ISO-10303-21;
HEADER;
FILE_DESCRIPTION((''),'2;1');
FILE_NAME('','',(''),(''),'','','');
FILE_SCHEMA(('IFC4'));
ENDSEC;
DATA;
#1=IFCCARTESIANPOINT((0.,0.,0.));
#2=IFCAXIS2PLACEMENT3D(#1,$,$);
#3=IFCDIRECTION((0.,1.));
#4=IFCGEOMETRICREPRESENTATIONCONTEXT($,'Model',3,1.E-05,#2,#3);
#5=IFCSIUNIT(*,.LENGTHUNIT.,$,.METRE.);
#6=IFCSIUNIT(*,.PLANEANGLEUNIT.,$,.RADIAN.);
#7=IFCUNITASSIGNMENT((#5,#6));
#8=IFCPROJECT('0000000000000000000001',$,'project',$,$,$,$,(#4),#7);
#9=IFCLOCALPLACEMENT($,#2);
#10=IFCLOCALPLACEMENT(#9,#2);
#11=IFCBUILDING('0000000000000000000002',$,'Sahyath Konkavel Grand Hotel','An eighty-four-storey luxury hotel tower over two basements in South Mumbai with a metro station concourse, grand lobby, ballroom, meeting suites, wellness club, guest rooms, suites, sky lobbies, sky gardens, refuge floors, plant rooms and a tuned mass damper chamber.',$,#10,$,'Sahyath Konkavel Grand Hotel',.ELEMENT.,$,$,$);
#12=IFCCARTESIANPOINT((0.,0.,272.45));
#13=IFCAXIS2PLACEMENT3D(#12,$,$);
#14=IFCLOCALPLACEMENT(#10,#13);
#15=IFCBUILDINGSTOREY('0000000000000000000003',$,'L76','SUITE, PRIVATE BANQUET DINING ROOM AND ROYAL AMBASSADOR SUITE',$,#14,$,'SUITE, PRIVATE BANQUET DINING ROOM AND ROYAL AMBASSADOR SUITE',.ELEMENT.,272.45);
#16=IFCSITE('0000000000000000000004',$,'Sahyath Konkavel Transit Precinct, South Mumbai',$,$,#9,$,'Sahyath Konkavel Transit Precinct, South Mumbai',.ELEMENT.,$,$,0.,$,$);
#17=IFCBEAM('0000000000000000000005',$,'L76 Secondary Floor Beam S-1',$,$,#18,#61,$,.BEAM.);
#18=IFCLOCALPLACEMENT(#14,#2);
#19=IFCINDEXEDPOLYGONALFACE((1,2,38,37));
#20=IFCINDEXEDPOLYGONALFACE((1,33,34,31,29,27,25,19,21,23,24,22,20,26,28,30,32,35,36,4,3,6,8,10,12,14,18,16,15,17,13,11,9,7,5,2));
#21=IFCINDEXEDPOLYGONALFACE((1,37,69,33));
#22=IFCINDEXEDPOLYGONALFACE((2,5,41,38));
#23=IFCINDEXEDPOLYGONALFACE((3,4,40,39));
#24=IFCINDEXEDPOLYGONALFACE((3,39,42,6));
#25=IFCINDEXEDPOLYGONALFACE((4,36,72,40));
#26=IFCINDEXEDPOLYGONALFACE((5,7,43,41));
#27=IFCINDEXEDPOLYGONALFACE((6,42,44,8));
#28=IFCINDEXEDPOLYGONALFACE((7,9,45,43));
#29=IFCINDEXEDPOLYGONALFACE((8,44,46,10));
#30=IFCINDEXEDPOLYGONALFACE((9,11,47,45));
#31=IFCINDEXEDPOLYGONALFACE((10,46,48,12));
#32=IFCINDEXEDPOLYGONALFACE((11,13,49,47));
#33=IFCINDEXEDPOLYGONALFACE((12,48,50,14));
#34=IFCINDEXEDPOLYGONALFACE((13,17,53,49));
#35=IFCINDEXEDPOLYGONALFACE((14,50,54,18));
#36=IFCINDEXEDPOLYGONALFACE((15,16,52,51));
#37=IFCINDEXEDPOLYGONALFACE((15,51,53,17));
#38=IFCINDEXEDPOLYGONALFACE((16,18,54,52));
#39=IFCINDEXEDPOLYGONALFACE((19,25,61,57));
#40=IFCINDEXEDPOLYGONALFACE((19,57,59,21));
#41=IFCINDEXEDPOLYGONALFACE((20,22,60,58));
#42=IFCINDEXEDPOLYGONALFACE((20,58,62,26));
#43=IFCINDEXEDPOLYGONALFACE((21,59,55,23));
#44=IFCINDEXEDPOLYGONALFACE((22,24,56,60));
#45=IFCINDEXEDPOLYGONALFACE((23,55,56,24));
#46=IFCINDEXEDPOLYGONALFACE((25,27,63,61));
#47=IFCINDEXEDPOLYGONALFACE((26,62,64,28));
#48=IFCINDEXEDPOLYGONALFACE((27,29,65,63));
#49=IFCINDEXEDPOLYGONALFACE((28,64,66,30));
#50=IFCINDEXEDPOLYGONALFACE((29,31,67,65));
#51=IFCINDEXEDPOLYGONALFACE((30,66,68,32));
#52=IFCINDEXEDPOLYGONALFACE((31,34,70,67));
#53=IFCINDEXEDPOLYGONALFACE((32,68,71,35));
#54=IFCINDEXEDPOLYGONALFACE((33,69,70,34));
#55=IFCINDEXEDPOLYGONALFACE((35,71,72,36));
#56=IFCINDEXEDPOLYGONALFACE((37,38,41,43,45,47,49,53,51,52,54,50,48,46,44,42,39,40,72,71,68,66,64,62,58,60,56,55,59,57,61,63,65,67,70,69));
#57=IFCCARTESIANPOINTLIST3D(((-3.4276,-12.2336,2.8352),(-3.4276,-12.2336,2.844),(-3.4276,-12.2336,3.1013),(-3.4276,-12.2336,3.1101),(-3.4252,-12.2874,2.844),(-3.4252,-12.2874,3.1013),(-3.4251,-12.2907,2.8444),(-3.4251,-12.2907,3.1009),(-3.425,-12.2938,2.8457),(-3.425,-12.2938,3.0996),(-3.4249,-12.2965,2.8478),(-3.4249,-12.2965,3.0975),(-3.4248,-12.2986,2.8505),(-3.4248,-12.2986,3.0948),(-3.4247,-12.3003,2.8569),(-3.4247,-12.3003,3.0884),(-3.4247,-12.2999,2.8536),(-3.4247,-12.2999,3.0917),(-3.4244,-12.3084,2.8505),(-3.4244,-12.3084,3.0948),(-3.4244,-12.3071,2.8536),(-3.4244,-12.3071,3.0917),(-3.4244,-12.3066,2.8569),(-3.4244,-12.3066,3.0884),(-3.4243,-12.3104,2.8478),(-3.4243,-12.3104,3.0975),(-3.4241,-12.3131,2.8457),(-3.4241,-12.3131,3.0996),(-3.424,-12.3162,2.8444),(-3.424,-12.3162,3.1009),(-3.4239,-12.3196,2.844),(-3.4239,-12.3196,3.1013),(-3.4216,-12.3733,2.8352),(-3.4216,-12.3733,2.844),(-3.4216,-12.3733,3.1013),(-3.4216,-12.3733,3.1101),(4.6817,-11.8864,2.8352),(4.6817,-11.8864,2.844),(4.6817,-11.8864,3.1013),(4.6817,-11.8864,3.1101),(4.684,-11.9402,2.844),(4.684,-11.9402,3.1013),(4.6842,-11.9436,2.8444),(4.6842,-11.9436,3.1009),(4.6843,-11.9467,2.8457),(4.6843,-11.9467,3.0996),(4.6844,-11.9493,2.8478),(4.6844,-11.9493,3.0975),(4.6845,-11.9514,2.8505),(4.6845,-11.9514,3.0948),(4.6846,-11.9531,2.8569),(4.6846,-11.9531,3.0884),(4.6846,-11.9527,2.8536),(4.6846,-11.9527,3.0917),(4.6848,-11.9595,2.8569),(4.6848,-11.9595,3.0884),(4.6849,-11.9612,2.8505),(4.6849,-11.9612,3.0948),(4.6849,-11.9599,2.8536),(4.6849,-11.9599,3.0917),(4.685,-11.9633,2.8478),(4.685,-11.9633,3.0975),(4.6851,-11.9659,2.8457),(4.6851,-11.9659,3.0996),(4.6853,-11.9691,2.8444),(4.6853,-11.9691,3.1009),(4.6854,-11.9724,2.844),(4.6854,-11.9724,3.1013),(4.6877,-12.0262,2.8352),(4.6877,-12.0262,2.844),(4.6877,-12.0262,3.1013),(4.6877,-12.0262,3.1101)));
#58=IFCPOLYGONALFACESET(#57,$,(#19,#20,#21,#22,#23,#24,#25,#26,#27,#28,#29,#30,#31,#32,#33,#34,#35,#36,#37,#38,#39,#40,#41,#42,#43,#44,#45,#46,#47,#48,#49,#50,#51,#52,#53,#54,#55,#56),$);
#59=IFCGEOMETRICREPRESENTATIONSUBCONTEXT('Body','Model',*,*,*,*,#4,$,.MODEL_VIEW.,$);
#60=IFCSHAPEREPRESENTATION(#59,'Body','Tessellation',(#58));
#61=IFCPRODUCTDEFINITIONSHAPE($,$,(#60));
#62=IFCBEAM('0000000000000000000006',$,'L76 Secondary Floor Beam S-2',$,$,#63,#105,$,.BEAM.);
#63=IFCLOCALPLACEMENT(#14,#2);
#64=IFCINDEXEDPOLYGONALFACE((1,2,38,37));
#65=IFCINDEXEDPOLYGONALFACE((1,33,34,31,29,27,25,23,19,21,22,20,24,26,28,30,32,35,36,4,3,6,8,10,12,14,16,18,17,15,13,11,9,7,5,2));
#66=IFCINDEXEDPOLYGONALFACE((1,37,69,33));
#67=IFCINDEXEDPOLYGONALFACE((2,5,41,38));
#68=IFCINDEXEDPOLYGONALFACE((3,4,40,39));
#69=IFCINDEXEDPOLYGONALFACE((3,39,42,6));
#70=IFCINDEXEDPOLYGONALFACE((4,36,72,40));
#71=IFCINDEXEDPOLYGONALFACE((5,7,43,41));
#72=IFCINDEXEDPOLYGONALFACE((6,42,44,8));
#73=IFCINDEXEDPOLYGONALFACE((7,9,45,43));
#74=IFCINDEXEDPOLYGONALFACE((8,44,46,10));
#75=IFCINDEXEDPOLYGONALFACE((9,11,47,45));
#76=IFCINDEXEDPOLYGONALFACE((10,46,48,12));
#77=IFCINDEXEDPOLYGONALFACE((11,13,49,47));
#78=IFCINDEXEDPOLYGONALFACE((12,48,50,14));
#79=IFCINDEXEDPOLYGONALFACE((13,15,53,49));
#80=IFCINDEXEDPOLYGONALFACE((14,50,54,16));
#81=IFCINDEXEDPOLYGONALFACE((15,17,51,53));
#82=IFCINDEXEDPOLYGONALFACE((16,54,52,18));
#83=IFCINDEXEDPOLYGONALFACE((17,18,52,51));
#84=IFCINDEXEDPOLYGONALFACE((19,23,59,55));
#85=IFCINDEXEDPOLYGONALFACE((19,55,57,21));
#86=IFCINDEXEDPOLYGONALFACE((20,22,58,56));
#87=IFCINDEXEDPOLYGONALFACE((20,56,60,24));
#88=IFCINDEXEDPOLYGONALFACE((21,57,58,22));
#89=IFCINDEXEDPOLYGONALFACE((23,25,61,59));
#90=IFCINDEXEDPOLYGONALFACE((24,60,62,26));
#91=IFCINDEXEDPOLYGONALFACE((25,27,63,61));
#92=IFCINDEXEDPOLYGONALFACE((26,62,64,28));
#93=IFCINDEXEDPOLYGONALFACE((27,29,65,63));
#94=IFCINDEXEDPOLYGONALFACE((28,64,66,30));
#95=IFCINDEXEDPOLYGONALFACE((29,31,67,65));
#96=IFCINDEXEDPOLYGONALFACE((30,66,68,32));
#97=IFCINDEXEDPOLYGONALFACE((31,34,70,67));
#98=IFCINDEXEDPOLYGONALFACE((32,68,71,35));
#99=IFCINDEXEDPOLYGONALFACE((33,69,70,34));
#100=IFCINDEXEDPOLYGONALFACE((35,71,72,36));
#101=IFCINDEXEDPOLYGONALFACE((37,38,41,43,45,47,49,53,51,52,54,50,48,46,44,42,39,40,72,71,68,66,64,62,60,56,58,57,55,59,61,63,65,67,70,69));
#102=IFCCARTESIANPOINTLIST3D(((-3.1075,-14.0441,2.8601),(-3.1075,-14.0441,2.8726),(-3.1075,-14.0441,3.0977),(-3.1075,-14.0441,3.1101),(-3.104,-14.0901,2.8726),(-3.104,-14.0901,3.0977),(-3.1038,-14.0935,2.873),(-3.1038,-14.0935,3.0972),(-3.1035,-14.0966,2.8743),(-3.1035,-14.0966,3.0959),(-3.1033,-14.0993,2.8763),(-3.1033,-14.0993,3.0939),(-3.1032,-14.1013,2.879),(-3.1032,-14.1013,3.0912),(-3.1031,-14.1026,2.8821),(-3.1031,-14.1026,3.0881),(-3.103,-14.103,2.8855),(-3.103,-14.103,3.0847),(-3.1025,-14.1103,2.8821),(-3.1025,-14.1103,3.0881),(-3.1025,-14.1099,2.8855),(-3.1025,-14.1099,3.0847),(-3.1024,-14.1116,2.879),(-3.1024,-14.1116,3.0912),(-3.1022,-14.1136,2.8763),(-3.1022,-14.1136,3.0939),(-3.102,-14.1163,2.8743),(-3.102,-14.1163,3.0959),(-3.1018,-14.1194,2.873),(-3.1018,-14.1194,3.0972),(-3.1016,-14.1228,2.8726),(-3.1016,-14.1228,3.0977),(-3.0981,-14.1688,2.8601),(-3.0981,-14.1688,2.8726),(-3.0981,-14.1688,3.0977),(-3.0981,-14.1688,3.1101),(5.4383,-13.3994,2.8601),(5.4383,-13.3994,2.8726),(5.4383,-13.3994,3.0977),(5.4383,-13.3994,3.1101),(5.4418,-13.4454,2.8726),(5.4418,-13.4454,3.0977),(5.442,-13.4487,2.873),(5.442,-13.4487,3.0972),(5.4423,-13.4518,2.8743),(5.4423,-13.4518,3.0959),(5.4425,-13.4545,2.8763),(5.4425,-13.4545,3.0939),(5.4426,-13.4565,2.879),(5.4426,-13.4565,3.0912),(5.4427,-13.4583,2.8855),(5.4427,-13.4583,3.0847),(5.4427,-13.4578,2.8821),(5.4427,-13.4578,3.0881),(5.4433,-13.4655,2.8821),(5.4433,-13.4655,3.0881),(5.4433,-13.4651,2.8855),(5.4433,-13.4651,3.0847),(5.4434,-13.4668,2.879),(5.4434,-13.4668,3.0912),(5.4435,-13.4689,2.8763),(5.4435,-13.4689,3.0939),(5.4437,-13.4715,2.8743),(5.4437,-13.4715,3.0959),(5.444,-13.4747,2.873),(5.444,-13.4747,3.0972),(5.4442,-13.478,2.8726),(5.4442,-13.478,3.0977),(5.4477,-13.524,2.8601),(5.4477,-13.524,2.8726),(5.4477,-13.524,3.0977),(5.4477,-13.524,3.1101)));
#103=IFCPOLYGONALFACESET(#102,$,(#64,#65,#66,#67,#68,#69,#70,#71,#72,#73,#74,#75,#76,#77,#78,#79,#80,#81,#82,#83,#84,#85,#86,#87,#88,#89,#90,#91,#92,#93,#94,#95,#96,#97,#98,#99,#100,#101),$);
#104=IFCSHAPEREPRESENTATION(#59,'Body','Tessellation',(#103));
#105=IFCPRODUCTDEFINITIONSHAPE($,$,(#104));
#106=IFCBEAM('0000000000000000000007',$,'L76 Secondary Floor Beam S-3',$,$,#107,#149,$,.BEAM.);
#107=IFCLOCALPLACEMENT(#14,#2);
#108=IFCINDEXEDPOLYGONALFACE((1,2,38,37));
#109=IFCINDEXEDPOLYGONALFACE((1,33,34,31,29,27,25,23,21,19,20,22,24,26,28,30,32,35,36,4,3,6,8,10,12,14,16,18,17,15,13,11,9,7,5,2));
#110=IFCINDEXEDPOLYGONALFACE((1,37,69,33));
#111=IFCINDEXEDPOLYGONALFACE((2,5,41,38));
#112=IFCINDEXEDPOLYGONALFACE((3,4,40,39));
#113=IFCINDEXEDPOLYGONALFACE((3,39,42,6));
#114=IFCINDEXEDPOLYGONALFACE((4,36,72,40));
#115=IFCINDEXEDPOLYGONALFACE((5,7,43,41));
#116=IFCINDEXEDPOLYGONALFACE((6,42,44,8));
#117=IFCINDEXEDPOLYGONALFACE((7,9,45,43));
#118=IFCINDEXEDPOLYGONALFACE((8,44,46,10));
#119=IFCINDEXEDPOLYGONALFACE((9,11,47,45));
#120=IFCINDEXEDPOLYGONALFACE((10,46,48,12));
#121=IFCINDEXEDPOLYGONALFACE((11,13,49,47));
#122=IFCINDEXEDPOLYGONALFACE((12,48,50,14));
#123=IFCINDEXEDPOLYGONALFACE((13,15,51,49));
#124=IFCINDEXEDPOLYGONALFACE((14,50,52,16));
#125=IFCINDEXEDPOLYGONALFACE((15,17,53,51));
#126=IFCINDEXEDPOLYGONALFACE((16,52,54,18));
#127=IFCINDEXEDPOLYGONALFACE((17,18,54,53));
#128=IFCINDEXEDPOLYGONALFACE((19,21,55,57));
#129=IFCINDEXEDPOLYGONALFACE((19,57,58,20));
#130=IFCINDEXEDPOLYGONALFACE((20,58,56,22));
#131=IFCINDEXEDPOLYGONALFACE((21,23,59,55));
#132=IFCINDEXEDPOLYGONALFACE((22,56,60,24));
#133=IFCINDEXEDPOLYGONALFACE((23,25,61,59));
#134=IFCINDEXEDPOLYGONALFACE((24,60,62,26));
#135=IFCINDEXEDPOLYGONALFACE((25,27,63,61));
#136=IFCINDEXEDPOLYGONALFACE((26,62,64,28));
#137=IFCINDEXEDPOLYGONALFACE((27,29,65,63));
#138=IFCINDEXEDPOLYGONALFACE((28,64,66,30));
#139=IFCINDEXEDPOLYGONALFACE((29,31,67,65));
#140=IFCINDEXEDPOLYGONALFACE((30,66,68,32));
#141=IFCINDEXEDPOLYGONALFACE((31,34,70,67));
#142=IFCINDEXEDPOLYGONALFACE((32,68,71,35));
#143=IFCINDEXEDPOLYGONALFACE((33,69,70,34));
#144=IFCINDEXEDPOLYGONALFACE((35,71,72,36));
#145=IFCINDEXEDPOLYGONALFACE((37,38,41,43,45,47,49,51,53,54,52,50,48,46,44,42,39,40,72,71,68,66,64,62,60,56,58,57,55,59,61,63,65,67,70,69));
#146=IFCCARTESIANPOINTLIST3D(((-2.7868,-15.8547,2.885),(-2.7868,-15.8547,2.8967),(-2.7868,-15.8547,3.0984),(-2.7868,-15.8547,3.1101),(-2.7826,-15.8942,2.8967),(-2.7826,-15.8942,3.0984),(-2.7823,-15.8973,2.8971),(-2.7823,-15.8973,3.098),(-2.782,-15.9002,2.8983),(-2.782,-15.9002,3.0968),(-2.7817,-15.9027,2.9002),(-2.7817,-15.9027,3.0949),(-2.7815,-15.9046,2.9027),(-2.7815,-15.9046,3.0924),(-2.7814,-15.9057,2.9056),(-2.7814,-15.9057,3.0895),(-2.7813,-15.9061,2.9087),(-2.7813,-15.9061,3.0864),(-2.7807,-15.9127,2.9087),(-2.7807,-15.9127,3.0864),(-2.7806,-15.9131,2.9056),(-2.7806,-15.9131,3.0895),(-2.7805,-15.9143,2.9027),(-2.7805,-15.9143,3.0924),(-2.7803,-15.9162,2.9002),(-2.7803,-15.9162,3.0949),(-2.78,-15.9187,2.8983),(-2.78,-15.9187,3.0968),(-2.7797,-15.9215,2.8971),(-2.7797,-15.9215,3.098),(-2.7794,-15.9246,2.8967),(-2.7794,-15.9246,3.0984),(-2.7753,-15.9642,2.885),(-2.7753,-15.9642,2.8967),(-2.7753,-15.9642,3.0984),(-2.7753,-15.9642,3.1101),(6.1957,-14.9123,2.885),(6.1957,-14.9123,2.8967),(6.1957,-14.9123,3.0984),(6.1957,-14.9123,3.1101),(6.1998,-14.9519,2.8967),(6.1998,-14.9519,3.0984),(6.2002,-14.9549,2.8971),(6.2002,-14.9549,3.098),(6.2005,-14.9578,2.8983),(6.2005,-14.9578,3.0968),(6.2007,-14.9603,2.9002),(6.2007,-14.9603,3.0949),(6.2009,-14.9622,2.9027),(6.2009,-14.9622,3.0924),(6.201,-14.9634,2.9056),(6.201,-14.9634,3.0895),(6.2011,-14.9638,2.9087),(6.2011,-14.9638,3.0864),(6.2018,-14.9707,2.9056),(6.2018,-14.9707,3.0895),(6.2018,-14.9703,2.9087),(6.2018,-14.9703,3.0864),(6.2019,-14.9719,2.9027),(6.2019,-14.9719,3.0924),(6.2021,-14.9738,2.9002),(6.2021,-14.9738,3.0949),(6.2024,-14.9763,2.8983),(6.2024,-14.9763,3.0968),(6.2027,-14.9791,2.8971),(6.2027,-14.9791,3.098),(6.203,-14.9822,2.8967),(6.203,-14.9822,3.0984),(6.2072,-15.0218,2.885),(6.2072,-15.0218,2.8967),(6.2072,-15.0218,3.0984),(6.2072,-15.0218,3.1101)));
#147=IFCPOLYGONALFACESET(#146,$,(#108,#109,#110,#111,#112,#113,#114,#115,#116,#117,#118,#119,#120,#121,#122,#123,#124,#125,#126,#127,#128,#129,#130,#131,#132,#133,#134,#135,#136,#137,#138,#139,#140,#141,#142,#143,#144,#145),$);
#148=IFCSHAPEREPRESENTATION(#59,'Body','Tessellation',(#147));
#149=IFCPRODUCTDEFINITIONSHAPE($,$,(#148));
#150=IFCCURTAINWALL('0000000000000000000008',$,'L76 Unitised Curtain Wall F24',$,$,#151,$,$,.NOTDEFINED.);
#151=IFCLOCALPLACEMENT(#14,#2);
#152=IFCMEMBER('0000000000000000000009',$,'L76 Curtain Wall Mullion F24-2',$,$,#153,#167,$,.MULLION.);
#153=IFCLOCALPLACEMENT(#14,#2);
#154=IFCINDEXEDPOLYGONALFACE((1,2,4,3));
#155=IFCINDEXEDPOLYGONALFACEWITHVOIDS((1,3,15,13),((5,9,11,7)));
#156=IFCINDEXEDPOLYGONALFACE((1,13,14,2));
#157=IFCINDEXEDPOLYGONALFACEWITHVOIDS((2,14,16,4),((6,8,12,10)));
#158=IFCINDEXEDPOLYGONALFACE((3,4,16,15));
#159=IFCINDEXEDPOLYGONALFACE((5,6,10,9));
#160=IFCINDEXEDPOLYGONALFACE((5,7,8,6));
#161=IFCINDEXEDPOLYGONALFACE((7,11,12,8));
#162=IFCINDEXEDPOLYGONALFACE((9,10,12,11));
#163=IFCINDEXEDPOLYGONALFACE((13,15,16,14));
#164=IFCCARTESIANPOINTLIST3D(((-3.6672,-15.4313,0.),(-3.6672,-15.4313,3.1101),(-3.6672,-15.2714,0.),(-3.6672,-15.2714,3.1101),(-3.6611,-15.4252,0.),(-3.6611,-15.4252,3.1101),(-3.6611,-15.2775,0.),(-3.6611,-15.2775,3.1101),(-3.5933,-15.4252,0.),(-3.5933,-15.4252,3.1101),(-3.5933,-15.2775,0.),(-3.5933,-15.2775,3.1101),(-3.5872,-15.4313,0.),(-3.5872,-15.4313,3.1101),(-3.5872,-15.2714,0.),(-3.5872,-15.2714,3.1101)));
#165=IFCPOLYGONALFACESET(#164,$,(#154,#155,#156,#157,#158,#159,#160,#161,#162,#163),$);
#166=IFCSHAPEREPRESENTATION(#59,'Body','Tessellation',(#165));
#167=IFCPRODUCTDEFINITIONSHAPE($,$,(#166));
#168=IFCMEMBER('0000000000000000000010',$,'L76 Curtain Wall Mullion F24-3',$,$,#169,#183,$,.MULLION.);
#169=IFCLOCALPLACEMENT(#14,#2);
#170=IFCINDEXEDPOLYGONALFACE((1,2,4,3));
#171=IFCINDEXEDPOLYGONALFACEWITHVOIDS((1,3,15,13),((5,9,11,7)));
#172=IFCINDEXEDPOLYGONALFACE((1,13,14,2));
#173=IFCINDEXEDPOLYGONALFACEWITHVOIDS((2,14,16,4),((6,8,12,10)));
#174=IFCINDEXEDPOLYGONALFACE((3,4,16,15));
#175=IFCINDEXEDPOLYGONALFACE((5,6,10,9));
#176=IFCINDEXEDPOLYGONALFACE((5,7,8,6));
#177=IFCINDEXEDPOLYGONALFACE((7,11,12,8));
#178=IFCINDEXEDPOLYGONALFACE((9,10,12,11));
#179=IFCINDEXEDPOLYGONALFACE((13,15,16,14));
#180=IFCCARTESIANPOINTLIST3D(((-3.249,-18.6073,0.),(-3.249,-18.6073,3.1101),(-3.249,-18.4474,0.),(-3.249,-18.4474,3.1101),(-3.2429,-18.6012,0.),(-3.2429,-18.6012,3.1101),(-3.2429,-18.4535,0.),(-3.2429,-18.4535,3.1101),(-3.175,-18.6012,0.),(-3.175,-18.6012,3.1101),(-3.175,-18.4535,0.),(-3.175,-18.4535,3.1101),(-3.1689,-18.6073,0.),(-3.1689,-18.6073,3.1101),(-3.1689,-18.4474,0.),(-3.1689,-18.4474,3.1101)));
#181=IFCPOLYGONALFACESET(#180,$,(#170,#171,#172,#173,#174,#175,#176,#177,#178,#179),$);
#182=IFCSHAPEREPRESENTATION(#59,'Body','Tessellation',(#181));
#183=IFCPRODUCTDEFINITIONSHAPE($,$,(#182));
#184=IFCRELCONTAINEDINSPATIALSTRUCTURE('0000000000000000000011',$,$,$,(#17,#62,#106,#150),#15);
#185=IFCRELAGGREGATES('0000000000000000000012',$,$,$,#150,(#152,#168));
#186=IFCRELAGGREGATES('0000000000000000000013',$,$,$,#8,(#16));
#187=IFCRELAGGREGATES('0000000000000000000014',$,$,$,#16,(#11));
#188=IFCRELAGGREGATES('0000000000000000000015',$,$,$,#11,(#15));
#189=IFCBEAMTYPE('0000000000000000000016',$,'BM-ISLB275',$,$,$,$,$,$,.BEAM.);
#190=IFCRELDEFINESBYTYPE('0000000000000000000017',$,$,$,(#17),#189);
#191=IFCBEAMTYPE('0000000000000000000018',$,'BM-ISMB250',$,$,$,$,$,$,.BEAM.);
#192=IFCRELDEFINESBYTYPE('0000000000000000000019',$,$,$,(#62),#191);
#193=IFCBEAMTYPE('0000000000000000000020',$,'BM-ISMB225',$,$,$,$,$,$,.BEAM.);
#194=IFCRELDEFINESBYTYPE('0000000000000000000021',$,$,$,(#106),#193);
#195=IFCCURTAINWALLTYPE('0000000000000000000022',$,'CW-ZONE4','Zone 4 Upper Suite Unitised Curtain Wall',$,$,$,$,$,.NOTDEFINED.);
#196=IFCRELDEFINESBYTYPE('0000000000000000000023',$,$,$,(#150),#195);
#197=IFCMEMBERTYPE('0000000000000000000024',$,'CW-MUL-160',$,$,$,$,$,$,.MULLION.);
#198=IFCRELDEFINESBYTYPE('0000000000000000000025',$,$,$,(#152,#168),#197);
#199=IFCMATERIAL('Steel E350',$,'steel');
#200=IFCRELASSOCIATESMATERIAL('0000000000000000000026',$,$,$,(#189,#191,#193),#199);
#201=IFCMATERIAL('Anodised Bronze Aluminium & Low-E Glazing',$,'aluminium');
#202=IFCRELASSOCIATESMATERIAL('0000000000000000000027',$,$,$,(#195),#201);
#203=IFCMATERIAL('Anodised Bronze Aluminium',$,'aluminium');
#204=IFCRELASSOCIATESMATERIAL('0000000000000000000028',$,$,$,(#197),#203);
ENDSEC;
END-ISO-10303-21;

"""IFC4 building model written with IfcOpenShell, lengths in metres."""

from ifc_helpers import new_model, si_unit, direction, frame, origin, origin_2d, place, context, subcontext, project, spatial, hollow_rectangle, i_section, extrude, source, transform, mapped, material, material_profile, profile_set, type_object, element, aggregate, save


model = new_model("IFC4")

# Units and contexts
model_context = context("Model", 3, precision=1e-05, world=origin(), true_north=direction((0.0, 1.0)))
body_context = subcontext(model_context, "Body", "Model", "MODEL_VIEW")
ifc_project = project(units=[si_unit("LENGTHUNIT", "METRE"), si_unit("PLANEANGLEUNIT", "RADIAN")], contexts=[model_context])

# Site, building, storey
site_placement = place(None, origin())
site = spatial("IfcSite", under=ifc_project, at=site_placement, Name="Sahyath Konkavel Transit Precinct, South Mumbai", LongName="Sahyath Konkavel Transit Precinct, South Mumbai", CompositionType="ELEMENT", RefElevation=0.0)
building_placement = place(site_placement, origin())
building = spatial("IfcBuilding", under=site, at=building_placement, Name="Sahyath Konkavel Grand Hotel", Description="An eighty-four-storey luxury hotel tower over two basements in South Mumbai with a metro station concourse, grand lobby, ballroom, meeting suites, wellness club, guest rooms, suites, sky lobbies, sky gardens, refuge floors, plant rooms and a tuned mass damper chamber.", LongName="Sahyath Konkavel Grand Hotel", CompositionType="ELEMENT")
storey_placement = place(building_placement, frame((0.0, 0.0, 272.45)))
storey = spatial("IfcBuildingStorey", under=building, at=storey_placement, Name="L76", Description="SUITE, PRIVATE BANQUET DINING ROOM AND ROYAL AMBASSADOR SUITE", LongName="SUITE, PRIVATE BANQUET DINING ROOM AND ROYAL AMBASSADOR SUITE", CompositionType="ELEMENT", Elevation=272.45)

# Beams
ifc_material_1 = material(Name="Steel E350", Category="steel")
ifc_material_profile_1 = material_profile(ifc_material_1, i_section(OverallWidth=0.1399, OverallDepth=0.2749, WebThickness=0.0063, FlangeThickness=0.0088, FilletRadius=0.0129, at=origin_2d()), Name="ISLB 275")
ifc_profile_set_1 = profile_set([ifc_material_profile_1], Name="Steel E350")
beam_type_1 = type_object("IfcBeamType", Name="BM-ISLB275", PredefinedType="BEAM", material=ifc_profile_set_1)
shared_shape_1 = source(origin(), body_context, "Body", "SweptSolid", [
    extrude(i_section(OverallWidth=0.1399, OverallDepth=0.2749, WebThickness=0.0063, FlangeThickness=0.0088, FilletRadius=0.0129, at=origin_2d()), origin(), (0.0, 0.0, 1.0), 8.1167),
])
beam_1_placement = place(storey_placement, frame((-3.4246, -12.3035, 2.9727), z_axis=(0.999085, 0.042772, 0.0), x_axis=(-0.042772, 0.999085, 0.0)))
element("IfcBeam", 1, at=beam_1_placement, inside=storey, type_object=beam_type_1, Name="L76 Secondary Floor Beam S-1", PredefinedType="BEAM", context=body_context, shape_type="MappedRepresentation", body=[
    mapped(shared_shape_1, transform((0.0, 0.0, 0.0), scale=1.0)),
])
ifc_material_profile_2 = material_profile(ifc_material_1, i_section(OverallWidth=0.125, OverallDepth=0.25, WebThickness=0.0068, FlangeThickness=0.0125, FilletRadius=0.0129, at=origin_2d()), Name="ISMB 250")
ifc_profile_set_2 = profile_set([ifc_material_profile_2], Name="Steel E350")
beam_type_2 = type_object("IfcBeamType", Name="BM-ISMB250", PredefinedType="BEAM", material=ifc_profile_set_2)
shared_shape_2 = source(origin(), body_context, "Body", "SweptSolid", [
    extrude(i_section(OverallWidth=0.125, OverallDepth=0.25, WebThickness=0.0068, FlangeThickness=0.0125, FilletRadius=0.0129, at=origin_2d()), origin(), (0.0, 0.0, 1.0), 8.5701),
])
beam_2_placement = place(storey_placement, frame((-3.1028, -14.1064, 2.9851), z_axis=(0.997166, 0.075235, 0.0), x_axis=(-0.075235, 0.997166, 0.0)))
element("IfcBeam", 2, at=beam_2_placement, inside=storey, type_object=beam_type_2, Name="L76 Secondary Floor Beam S-2", PredefinedType="BEAM", context=body_context, shape_type="MappedRepresentation", body=[
    mapped(shared_shape_2, transform((0.0, 0.0, 0.0), scale=1.0)),
])
ifc_material_profile_3 = material_profile(ifc_material_1, i_section(OverallWidth=0.1101, OverallDepth=0.2251, WebThickness=0.0066, FlangeThickness=0.0117, FilletRadius=0.012, at=origin_2d()), Name="ISMB 225")
ifc_profile_set_3 = profile_set([ifc_material_profile_3], Name="Steel E350")
beam_type_3 = type_object("IfcBeamType", Name="BM-ISMB225", PredefinedType="BEAM", material=ifc_profile_set_3)
shared_shape_3 = source(origin(), body_context, "Body", "SweptSolid", [
    extrude(i_section(OverallWidth=0.1101, OverallDepth=0.2251, WebThickness=0.0066, FlangeThickness=0.0117, FilletRadius=0.012, at=origin_2d()), origin(), (0.0, 0.0, 1.0), 9.0317),
])
beam_3_placement = place(storey_placement, frame((-2.781, -15.9094, 2.9976), z_axis=(0.994542, 0.104341, 0.0), x_axis=(-0.104341, 0.994542, 0.0)))
element("IfcBeam", 3, at=beam_3_placement, inside=storey, type_object=beam_type_3, Name="L76 Secondary Floor Beam S-3", PredefinedType="BEAM", context=body_context, shape_type="MappedRepresentation", body=[
    mapped(shared_shape_3, transform((0.0, 0.0, 0.0), scale=1.0)),
])

# Curtain wall, members
ifc_material_2 = material(Name="Anodised Bronze Aluminium & Low-E Glazing", Category="aluminium")
curtain_wall_type = type_object("IfcCurtainWallType", Name="CW-ZONE4", Description="Zone 4 Upper Suite Unitised Curtain Wall", PredefinedType="NOTDEFINED", material=ifc_material_2)
curtain_wall_1_placement = place(storey_placement, origin())
curtain_wall_1 = element("IfcCurtainWall", 4, at=curtain_wall_1_placement, inside=storey, type_object=curtain_wall_type, Name="L76 Unitised Curtain Wall F24", PredefinedType="NOTDEFINED")
ifc_material_3 = material(Name="Anodised Bronze Aluminium", Category="aluminium")
ifc_material_profile_4 = material_profile(ifc_material_3, hollow_rectangle(XDim=0.0801, YDim=0.1599, WallThickness=0.0061, at=origin_2d()), Name="RHS 160x80x6")
ifc_profile_set_4 = profile_set([ifc_material_profile_4], Name="Anodised Bronze Aluminium")
member_type_1 = type_object("IfcMemberType", Name="CW-MUL-160", PredefinedType="MULLION", material=ifc_profile_set_4)
shared_shape_4 = source(origin(), body_context, "Body", "SweptSolid", [
    extrude(hollow_rectangle(XDim=0.0801, YDim=0.1599, WallThickness=0.0061, at=origin_2d()), origin(), (0.0, 0.0, 1.0), 3.1101),
])
member_1_placement = place(storey_placement, frame((-3.6272, -15.3513, 0.0), z_axis=(0.0, 0.0, 1.0), x_axis=(1.0, 0.0, 0.0)))
member_1 = element("IfcMember", 5, at=member_1_placement, type_object=member_type_1, Name="L76 Curtain Wall Mullion F24-2", PredefinedType="MULLION", context=body_context, shape_type="MappedRepresentation", body=[
    mapped(shared_shape_4, transform((0.0, 0.0, 0.0), scale=1.0)),
])
member_2_placement = place(storey_placement, frame((-3.209, -18.5273, 0.0), z_axis=(0.0, 0.0, 1.0), x_axis=(1.0, 0.0, 0.0)))
member_2 = element("IfcMember", 6, at=member_2_placement, type_object=member_type_1, Name="L76 Curtain Wall Mullion F24-3", PredefinedType="MULLION", context=body_context, shape_type="MappedRepresentation", body=[
    mapped(shared_shape_4, transform((0.0, 0.0, 0.0), scale=1.0)),
])

aggregate(curtain_wall_1, [member_1, member_2])

save(model, "model.ifc")
